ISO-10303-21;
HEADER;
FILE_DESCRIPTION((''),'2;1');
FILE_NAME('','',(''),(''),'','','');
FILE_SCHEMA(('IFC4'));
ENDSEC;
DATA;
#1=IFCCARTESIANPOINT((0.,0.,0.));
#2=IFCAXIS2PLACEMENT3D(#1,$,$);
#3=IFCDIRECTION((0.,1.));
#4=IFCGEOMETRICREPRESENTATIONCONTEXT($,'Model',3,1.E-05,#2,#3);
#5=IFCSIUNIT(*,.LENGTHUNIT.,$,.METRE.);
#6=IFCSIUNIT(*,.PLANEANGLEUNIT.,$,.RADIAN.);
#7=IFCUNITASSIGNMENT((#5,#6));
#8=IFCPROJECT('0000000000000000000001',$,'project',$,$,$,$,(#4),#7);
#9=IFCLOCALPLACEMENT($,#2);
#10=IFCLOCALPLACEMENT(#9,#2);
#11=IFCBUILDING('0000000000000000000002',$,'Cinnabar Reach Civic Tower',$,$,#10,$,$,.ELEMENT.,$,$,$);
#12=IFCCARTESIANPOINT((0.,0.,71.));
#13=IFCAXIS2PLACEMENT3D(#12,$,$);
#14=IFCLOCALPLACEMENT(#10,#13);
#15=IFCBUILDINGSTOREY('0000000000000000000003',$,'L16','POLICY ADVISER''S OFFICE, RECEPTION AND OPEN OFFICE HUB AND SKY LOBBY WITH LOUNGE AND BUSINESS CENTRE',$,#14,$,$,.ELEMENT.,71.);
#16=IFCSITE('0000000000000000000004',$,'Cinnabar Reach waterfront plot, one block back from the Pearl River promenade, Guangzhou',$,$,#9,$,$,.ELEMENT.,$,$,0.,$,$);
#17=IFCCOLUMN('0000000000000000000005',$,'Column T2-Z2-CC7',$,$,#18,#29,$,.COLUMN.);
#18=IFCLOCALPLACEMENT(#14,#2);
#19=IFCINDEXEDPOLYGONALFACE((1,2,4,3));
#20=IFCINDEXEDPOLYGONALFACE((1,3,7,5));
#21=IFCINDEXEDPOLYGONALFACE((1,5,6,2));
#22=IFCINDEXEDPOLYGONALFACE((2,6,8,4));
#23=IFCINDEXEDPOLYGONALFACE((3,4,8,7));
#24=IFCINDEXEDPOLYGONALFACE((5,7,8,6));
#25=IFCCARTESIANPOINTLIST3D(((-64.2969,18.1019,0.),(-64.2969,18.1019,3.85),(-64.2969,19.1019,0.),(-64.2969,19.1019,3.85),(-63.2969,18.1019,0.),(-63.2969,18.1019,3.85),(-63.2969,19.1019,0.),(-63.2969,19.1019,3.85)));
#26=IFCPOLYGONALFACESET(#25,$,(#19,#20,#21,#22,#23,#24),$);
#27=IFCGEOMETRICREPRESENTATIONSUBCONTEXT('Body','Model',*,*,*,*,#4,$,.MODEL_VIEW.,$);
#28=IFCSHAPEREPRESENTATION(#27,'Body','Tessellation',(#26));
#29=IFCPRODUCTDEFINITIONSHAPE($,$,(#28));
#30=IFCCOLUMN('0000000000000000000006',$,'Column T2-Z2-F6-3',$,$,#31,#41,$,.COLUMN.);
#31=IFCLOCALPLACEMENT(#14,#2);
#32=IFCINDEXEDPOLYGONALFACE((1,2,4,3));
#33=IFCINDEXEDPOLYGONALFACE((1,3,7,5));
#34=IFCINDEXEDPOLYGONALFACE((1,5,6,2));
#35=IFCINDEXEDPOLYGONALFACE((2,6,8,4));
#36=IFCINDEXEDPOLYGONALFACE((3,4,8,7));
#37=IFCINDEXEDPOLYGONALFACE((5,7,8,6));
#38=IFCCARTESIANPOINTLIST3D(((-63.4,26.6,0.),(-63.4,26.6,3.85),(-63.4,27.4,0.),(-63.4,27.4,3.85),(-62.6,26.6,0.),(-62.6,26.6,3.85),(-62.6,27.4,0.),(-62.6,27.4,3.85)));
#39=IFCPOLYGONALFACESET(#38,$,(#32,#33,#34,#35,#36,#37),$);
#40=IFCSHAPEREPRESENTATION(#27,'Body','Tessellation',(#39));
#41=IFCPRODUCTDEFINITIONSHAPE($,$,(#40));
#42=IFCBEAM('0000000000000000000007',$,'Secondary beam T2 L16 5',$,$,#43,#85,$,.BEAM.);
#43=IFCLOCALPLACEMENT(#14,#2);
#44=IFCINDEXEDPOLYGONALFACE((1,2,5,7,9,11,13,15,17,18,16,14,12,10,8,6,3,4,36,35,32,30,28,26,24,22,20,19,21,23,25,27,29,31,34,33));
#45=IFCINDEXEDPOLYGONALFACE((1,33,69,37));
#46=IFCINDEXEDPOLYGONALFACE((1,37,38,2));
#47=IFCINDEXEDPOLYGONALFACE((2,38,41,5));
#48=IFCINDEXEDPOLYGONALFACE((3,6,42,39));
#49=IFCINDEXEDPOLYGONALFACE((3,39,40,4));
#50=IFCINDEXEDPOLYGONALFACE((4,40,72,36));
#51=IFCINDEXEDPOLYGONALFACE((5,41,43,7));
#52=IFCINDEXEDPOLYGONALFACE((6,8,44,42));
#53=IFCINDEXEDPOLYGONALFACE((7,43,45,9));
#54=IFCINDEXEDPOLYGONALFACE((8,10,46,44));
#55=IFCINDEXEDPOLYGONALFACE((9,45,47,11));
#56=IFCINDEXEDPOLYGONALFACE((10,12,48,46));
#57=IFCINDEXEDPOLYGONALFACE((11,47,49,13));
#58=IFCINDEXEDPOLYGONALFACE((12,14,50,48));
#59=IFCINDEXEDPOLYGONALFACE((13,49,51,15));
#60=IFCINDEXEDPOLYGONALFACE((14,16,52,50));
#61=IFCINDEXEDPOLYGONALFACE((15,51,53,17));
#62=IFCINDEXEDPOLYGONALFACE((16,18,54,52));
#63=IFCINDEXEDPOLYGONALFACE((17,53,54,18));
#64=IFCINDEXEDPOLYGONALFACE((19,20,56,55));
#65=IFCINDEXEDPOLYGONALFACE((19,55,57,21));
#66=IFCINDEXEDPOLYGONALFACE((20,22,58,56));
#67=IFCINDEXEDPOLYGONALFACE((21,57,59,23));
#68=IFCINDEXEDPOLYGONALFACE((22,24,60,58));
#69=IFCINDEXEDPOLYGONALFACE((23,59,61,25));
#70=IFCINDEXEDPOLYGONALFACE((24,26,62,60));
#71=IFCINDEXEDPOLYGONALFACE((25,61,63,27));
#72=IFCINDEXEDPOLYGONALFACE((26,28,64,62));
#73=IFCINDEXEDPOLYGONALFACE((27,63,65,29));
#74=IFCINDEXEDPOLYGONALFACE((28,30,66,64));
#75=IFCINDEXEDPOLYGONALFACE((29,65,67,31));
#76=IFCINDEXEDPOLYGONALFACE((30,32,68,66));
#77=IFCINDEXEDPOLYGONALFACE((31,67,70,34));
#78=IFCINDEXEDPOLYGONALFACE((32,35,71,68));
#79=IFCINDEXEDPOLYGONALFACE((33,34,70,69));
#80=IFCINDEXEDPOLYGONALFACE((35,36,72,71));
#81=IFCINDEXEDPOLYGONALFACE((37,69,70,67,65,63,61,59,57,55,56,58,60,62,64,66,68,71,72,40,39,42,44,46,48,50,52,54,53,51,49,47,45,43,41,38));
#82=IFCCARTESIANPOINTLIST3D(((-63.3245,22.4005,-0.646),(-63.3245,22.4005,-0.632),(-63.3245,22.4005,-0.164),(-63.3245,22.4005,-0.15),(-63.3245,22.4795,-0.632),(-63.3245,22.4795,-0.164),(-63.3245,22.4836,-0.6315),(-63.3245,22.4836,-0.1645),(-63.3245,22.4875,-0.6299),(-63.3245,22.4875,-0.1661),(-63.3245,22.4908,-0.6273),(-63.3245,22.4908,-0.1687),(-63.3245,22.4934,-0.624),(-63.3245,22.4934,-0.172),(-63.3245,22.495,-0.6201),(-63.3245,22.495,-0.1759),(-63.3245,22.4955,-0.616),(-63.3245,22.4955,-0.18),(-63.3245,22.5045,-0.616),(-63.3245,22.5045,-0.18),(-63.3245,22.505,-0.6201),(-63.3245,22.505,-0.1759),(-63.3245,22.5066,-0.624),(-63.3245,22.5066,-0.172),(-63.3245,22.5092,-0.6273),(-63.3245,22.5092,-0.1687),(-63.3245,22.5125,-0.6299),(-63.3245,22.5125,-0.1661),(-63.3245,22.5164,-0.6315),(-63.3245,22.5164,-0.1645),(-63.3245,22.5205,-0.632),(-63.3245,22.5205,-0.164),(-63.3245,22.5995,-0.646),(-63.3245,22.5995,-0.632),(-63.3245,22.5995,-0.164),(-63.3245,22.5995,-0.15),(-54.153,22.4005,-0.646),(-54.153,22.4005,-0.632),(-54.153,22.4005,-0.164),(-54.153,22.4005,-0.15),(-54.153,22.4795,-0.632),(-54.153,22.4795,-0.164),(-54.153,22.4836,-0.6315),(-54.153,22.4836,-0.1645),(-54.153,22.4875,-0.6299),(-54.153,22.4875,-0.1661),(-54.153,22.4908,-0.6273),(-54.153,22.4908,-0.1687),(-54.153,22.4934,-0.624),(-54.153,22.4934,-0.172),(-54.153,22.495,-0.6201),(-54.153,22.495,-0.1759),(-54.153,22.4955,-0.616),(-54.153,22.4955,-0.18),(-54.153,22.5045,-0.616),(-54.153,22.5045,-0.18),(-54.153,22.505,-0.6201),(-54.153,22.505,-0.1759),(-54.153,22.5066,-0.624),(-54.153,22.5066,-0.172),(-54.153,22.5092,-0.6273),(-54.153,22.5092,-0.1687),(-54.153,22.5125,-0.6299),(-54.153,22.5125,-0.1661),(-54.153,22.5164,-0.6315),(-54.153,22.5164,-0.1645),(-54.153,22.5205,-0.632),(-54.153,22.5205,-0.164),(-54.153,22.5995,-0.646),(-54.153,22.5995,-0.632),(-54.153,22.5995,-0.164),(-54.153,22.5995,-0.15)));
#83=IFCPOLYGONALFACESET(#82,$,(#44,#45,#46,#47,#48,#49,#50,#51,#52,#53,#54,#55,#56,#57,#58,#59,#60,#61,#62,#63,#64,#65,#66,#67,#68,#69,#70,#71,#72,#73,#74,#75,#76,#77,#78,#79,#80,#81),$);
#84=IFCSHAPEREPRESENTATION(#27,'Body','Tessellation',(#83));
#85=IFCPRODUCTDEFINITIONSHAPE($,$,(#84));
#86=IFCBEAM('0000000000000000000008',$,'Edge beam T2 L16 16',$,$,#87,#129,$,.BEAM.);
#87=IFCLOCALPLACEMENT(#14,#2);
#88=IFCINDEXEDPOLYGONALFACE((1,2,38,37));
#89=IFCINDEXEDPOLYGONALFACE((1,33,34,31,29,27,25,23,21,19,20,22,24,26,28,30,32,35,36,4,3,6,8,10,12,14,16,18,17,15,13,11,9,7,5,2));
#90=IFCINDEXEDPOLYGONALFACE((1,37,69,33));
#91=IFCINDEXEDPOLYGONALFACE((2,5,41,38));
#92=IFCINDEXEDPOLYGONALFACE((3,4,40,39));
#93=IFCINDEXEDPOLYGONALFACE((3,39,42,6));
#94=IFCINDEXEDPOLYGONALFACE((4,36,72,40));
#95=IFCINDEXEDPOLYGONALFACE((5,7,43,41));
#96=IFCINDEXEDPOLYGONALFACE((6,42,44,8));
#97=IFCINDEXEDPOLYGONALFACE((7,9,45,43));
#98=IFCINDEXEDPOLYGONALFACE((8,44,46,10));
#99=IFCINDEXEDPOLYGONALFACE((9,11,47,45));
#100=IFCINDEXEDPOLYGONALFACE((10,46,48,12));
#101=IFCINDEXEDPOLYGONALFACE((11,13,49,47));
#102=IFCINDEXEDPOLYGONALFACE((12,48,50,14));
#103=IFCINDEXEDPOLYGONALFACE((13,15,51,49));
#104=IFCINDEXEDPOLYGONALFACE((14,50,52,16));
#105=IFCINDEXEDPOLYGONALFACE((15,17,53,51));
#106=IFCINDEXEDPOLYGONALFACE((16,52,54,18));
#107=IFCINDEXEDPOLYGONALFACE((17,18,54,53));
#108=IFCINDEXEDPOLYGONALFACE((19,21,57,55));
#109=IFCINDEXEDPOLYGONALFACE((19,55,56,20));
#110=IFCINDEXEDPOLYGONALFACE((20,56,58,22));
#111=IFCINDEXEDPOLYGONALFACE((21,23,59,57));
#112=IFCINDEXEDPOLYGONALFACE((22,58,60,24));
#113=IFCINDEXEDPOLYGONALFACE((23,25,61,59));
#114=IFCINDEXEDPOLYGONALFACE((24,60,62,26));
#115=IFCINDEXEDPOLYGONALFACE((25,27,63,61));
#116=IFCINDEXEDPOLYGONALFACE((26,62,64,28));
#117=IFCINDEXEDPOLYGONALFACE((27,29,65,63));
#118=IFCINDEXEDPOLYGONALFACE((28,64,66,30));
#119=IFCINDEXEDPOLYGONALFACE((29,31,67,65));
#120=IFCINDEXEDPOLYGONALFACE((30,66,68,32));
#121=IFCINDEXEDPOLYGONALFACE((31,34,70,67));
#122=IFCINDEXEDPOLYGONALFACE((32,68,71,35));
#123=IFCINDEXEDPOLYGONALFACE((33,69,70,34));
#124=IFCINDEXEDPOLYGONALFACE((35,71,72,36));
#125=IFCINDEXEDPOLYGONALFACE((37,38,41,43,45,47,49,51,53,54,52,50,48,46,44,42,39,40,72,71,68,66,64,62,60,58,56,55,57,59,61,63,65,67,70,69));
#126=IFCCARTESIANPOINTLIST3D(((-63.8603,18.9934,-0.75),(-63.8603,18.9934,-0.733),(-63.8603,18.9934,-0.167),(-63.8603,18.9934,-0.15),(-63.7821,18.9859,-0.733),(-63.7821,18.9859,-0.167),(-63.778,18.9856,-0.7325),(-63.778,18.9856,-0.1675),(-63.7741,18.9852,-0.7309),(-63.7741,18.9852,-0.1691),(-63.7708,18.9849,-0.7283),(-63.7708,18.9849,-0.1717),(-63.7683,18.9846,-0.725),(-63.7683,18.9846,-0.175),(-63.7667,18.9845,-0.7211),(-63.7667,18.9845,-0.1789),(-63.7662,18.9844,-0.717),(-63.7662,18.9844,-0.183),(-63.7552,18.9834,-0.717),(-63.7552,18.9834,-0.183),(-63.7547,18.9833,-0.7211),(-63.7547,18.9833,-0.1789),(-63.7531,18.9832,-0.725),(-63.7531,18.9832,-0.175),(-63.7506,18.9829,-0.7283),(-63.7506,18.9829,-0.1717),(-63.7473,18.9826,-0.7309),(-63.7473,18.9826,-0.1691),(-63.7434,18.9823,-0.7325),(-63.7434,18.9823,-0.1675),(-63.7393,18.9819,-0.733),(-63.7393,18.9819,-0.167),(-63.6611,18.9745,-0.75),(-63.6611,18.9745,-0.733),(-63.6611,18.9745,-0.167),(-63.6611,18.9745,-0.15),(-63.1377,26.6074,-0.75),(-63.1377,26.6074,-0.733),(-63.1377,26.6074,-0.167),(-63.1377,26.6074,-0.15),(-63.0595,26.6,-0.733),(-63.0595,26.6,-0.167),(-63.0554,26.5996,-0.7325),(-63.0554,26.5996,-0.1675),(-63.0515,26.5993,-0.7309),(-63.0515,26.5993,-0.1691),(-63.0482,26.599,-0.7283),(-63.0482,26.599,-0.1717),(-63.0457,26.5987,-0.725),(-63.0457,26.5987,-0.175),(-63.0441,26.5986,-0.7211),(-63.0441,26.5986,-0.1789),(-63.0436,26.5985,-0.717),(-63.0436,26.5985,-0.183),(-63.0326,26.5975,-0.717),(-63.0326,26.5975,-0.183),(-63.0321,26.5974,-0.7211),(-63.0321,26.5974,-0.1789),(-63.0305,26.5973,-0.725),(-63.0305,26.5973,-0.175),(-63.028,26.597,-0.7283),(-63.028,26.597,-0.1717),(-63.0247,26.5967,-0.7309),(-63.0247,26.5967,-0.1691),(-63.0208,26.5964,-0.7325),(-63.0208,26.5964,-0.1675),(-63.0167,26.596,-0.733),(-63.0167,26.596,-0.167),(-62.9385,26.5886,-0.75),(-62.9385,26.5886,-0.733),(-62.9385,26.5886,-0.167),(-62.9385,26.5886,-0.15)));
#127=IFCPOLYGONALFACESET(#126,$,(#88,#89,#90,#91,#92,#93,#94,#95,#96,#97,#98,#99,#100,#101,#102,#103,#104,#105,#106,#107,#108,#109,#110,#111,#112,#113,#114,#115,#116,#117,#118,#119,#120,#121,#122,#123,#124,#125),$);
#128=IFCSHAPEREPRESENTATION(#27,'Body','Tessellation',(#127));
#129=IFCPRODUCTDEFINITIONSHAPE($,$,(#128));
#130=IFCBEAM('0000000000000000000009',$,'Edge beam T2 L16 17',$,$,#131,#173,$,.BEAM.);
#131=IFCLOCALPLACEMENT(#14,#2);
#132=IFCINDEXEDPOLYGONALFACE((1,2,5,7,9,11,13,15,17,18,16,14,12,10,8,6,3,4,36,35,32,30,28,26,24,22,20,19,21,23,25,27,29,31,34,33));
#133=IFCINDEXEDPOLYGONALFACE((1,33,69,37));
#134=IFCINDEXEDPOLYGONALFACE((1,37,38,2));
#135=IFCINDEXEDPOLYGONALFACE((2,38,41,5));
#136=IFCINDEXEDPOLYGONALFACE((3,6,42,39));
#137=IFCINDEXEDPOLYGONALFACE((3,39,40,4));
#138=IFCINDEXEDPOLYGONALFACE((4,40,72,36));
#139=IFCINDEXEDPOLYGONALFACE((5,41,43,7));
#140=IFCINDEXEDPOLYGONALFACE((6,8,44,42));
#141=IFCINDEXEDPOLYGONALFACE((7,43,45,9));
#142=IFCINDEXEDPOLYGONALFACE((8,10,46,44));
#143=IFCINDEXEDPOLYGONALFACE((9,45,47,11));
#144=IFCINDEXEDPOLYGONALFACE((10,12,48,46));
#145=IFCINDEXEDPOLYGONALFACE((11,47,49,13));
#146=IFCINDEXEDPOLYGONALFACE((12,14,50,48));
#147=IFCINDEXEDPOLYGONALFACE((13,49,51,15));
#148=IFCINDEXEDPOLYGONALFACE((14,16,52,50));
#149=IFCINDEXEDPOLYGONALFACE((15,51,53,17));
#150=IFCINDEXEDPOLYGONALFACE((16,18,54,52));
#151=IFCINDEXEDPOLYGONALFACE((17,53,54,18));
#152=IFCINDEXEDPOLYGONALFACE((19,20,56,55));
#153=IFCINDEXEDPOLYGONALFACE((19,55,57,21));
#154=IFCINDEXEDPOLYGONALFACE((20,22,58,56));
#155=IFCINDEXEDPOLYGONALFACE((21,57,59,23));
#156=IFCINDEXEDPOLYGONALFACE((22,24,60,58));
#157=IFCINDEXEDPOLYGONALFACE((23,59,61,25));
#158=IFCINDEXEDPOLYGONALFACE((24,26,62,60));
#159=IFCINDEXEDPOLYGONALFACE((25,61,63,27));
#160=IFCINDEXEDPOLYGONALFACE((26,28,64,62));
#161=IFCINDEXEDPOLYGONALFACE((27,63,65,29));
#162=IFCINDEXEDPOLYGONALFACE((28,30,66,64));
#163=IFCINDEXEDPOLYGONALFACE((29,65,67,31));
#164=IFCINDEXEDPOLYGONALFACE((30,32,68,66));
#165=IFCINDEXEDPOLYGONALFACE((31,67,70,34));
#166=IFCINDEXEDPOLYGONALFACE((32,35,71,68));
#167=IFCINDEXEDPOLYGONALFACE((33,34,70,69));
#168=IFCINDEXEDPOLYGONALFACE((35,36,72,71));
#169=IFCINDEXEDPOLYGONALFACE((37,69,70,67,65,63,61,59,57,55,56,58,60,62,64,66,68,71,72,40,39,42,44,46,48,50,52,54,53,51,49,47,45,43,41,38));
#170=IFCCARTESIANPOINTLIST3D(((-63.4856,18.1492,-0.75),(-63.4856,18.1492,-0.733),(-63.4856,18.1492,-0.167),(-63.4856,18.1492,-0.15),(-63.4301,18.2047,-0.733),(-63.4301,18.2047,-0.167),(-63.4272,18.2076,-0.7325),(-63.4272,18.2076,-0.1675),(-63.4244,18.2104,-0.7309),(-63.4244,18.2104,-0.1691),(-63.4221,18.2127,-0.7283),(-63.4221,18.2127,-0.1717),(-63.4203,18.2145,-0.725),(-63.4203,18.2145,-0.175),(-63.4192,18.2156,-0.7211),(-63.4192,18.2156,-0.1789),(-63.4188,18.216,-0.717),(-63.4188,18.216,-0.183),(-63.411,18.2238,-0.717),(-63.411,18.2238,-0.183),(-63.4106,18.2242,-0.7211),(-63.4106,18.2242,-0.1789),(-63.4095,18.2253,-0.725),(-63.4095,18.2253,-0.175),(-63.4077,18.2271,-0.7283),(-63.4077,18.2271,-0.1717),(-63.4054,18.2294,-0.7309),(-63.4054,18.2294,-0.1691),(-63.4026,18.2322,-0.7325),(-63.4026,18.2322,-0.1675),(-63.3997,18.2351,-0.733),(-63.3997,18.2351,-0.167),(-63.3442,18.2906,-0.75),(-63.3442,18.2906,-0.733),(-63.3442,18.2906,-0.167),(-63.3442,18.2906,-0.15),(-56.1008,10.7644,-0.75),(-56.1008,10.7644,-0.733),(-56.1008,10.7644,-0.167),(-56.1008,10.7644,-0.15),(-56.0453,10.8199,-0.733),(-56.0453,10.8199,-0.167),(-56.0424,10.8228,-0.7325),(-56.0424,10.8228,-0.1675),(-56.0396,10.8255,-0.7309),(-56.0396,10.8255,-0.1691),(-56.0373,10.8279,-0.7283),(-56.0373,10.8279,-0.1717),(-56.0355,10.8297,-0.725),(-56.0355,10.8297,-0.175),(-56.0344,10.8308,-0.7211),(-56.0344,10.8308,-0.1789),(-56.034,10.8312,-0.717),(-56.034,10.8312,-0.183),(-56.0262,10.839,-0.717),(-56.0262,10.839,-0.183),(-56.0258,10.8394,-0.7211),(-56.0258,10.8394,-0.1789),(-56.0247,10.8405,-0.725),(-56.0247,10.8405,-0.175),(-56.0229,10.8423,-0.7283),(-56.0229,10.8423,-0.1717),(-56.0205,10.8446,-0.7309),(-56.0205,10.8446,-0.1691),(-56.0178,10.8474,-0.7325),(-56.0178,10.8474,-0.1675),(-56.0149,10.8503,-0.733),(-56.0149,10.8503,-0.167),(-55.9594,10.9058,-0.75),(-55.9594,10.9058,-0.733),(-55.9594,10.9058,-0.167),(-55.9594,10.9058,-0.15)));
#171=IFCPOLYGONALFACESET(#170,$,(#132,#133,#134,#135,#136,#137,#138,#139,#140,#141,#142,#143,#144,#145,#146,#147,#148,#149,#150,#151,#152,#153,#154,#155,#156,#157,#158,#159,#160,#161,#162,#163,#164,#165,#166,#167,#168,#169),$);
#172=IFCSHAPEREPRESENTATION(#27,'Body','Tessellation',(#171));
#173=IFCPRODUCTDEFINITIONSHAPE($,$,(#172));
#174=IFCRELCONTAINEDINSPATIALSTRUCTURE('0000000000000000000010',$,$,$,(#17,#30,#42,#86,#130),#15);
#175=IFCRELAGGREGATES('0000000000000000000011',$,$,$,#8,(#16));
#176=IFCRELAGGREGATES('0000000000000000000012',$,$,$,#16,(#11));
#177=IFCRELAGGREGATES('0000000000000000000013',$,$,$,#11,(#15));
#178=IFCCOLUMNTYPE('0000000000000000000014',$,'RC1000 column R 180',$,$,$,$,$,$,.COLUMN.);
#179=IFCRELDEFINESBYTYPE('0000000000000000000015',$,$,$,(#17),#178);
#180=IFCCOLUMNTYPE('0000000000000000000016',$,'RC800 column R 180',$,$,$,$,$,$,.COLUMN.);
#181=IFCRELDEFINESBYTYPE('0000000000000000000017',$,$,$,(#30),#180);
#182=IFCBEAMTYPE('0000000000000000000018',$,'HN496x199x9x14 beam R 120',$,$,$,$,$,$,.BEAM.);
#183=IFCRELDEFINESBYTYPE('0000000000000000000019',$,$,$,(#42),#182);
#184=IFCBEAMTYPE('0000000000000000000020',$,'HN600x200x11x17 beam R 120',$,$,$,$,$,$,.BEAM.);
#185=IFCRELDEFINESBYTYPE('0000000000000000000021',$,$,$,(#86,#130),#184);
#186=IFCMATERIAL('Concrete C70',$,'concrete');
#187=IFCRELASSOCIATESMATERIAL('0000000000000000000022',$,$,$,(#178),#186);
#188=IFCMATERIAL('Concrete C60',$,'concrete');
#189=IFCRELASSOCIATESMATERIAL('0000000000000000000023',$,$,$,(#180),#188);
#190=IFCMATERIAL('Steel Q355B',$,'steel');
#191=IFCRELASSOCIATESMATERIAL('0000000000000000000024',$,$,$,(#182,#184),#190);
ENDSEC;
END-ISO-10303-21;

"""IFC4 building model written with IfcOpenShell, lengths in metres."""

from ifc_helpers import new_model, si_unit, direction, frame, origin, origin_2d, place, context, subcontext, project, spatial, rectangle, i_section, extrude, material, material_profile, profile_set, type_object, element, save


model = new_model("IFC4")

# Units and contexts
model_context = context("Model", 3, precision=1e-05, world=origin(), true_north=direction((0.0, 1.0)))
body_context = subcontext(model_context, "Body", "Model", "MODEL_VIEW")
ifc_project = project(units=[si_unit("LENGTHUNIT", "METRE"), si_unit("PLANEANGLEUNIT", "RADIAN")], contexts=[model_context])

# Site, building, storey
site_placement = place(None, origin())
site = spatial("IfcSite", under=ifc_project, at=site_placement, Name="Cinnabar Reach waterfront plot, one block back from the Pearl River promenade, Guangzhou", CompositionType="ELEMENT", RefElevation=0.0)
building_placement = place(site_placement, origin())
building = spatial("IfcBuilding", under=site, at=building_placement, Name="Cinnabar Reach Civic Tower", CompositionType="ELEMENT")
storey_placement = place(building_placement, frame((0.0, 0.0, 71.0)))
storey = spatial("IfcBuildingStorey", under=building, at=storey_placement, Name="L16", Description="POLICY ADVISER'S OFFICE, RECEPTION AND OPEN OFFICE HUB AND SKY LOBBY WITH LOUNGE AND BUSINESS CENTRE", CompositionType="ELEMENT", Elevation=71.0)

# Columns
ifc_material_1 = material(Name="Concrete C70", Category="concrete")
ifc_material_profile_1 = material_profile(ifc_material_1, rectangle(XDim=1.0, YDim=1.0, at=origin_2d()), Name="RC1000")
ifc_profile_set_1 = profile_set([ifc_material_profile_1], Name="Concrete C70")
column_type_1 = type_object("IfcColumnType", Name="RC1000 column R 180", PredefinedType="COLUMN", material=ifc_profile_set_1)
column_1_placement = place(storey_placement, frame((-63.7969, 18.6019, 0.0), z_axis=(0.0, 0.0, 1.0), x_axis=(1.0, 0.0, 0.0)))
element("IfcColumn", 1, at=column_1_placement, inside=storey, type_object=column_type_1, Name="Column T2-Z2-CC7", PredefinedType="COLUMN", context=body_context, shape_type="SweptSolid", body=[
    extrude(rectangle(XDim=1.0, YDim=1.0, at=origin_2d()), origin(), (0.0, 0.0, 1.0), 3.85),
])
ifc_material_2 = material(Name="Concrete C60", Category="concrete")
ifc_material_profile_2 = material_profile(ifc_material_2, rectangle(XDim=0.8, YDim=0.8, at=origin_2d()), Name="RC800")
ifc_profile_set_2 = profile_set([ifc_material_profile_2], Name="Concrete C60")
column_type_2 = type_object("IfcColumnType", Name="RC800 column R 180", PredefinedType="COLUMN", material=ifc_profile_set_2)
column_2_placement = place(storey_placement, frame((-63.0, 27.0, 0.0), z_axis=(0.0, 0.0, 1.0), x_axis=(1.0, 0.0, 0.0)))
element("IfcColumn", 2, at=column_2_placement, inside=storey, type_object=column_type_2, Name="Column T2-Z2-F6-3", PredefinedType="COLUMN", context=body_context, shape_type="SweptSolid", body=[
    extrude(rectangle(XDim=0.8, YDim=0.8, at=origin_2d()), origin(), (0.0, 0.0, 1.0), 3.85),
])

# Beams
ifc_material_3 = material(Name="Steel Q355B", Category="steel")
ifc_material_profile_3 = material_profile(ifc_material_3, i_section(OverallWidth=0.199, OverallDepth=0.496, WebThickness=0.009, FlangeThickness=0.014, FilletRadius=0.016, at=origin_2d()), Name="HN496x199x9x14")
ifc_profile_set_3 = profile_set([ifc_material_profile_3], Name="Steel Q355B")
beam_type_1 = type_object("IfcBeamType", Name="HN496x199x9x14 beam R 120", PredefinedType="BEAM", material=ifc_profile_set_3)
beam_1_placement = place(storey_placement, frame((-63.3245, 22.5, -0.398), z_axis=(1.0, 0.0, 0.0), x_axis=(0.0, 1.0, 0.0)))
element("IfcBeam", 3, at=beam_1_placement, inside=storey, type_object=beam_type_1, Name="Secondary beam T2 L16 5", PredefinedType="BEAM", context=body_context, shape_type="SweptSolid", body=[
    extrude(i_section(OverallWidth=0.199, OverallDepth=0.496, WebThickness=0.009, FlangeThickness=0.014, FilletRadius=0.016, at=origin_2d()), origin(), (0.0, 0.0, 1.0), 9.1715),
])
ifc_material_profile_4 = material_profile(ifc_material_3, i_section(OverallWidth=0.2, OverallDepth=0.6, WebThickness=0.011, FlangeThickness=0.017, FilletRadius=0.016, at=origin_2d()), Name="HN600x200x11x17")
ifc_profile_set_4 = profile_set([ifc_material_profile_4], Name="Steel Q355B")
beam_type_2 = type_object("IfcBeamType", Name="HN600x200x11x17 beam R 120", PredefinedType="BEAM", material=ifc_profile_set_4)
beam_2_placement = place(storey_placement, frame((-63.0381, 26.598, -0.45), z_axis=(-0.094478, -0.995527, 0.0), x_axis=(0.995527, -0.094478, 0.0)))
element("IfcBeam", 4, at=beam_2_placement, inside=storey, type_object=beam_type_2, Name="Edge beam T2 L16 16", PredefinedType="BEAM", context=body_context, shape_type="SweptSolid", body=[
    extrude(i_section(OverallWidth=0.2, OverallDepth=0.6, WebThickness=0.011, FlangeThickness=0.017, FilletRadius=0.016, at=origin_2d()), origin(), (0.0, 0.0, 1.0), 7.6483),
])
beam_3_placement = place(storey_placement, frame((-63.4149, 18.2199, -0.45), z_axis=(0.707107, -0.707107, 0.0), x_axis=(0.707107, 0.707107, 0.0)))
element("IfcBeam", 5, at=beam_3_placement, inside=storey, type_object=beam_type_2, Name="Edge beam T2 L16 17", PredefinedType="BEAM", context=body_context, shape_type="SweptSolid", body=[
    extrude(i_section(OverallWidth=0.2, OverallDepth=0.6, WebThickness=0.011, FlangeThickness=0.017, FilletRadius=0.016, at=origin_2d()), origin(), (0.0, 0.0, 1.0), 10.4437),
])

save(model, "model.ifc")
